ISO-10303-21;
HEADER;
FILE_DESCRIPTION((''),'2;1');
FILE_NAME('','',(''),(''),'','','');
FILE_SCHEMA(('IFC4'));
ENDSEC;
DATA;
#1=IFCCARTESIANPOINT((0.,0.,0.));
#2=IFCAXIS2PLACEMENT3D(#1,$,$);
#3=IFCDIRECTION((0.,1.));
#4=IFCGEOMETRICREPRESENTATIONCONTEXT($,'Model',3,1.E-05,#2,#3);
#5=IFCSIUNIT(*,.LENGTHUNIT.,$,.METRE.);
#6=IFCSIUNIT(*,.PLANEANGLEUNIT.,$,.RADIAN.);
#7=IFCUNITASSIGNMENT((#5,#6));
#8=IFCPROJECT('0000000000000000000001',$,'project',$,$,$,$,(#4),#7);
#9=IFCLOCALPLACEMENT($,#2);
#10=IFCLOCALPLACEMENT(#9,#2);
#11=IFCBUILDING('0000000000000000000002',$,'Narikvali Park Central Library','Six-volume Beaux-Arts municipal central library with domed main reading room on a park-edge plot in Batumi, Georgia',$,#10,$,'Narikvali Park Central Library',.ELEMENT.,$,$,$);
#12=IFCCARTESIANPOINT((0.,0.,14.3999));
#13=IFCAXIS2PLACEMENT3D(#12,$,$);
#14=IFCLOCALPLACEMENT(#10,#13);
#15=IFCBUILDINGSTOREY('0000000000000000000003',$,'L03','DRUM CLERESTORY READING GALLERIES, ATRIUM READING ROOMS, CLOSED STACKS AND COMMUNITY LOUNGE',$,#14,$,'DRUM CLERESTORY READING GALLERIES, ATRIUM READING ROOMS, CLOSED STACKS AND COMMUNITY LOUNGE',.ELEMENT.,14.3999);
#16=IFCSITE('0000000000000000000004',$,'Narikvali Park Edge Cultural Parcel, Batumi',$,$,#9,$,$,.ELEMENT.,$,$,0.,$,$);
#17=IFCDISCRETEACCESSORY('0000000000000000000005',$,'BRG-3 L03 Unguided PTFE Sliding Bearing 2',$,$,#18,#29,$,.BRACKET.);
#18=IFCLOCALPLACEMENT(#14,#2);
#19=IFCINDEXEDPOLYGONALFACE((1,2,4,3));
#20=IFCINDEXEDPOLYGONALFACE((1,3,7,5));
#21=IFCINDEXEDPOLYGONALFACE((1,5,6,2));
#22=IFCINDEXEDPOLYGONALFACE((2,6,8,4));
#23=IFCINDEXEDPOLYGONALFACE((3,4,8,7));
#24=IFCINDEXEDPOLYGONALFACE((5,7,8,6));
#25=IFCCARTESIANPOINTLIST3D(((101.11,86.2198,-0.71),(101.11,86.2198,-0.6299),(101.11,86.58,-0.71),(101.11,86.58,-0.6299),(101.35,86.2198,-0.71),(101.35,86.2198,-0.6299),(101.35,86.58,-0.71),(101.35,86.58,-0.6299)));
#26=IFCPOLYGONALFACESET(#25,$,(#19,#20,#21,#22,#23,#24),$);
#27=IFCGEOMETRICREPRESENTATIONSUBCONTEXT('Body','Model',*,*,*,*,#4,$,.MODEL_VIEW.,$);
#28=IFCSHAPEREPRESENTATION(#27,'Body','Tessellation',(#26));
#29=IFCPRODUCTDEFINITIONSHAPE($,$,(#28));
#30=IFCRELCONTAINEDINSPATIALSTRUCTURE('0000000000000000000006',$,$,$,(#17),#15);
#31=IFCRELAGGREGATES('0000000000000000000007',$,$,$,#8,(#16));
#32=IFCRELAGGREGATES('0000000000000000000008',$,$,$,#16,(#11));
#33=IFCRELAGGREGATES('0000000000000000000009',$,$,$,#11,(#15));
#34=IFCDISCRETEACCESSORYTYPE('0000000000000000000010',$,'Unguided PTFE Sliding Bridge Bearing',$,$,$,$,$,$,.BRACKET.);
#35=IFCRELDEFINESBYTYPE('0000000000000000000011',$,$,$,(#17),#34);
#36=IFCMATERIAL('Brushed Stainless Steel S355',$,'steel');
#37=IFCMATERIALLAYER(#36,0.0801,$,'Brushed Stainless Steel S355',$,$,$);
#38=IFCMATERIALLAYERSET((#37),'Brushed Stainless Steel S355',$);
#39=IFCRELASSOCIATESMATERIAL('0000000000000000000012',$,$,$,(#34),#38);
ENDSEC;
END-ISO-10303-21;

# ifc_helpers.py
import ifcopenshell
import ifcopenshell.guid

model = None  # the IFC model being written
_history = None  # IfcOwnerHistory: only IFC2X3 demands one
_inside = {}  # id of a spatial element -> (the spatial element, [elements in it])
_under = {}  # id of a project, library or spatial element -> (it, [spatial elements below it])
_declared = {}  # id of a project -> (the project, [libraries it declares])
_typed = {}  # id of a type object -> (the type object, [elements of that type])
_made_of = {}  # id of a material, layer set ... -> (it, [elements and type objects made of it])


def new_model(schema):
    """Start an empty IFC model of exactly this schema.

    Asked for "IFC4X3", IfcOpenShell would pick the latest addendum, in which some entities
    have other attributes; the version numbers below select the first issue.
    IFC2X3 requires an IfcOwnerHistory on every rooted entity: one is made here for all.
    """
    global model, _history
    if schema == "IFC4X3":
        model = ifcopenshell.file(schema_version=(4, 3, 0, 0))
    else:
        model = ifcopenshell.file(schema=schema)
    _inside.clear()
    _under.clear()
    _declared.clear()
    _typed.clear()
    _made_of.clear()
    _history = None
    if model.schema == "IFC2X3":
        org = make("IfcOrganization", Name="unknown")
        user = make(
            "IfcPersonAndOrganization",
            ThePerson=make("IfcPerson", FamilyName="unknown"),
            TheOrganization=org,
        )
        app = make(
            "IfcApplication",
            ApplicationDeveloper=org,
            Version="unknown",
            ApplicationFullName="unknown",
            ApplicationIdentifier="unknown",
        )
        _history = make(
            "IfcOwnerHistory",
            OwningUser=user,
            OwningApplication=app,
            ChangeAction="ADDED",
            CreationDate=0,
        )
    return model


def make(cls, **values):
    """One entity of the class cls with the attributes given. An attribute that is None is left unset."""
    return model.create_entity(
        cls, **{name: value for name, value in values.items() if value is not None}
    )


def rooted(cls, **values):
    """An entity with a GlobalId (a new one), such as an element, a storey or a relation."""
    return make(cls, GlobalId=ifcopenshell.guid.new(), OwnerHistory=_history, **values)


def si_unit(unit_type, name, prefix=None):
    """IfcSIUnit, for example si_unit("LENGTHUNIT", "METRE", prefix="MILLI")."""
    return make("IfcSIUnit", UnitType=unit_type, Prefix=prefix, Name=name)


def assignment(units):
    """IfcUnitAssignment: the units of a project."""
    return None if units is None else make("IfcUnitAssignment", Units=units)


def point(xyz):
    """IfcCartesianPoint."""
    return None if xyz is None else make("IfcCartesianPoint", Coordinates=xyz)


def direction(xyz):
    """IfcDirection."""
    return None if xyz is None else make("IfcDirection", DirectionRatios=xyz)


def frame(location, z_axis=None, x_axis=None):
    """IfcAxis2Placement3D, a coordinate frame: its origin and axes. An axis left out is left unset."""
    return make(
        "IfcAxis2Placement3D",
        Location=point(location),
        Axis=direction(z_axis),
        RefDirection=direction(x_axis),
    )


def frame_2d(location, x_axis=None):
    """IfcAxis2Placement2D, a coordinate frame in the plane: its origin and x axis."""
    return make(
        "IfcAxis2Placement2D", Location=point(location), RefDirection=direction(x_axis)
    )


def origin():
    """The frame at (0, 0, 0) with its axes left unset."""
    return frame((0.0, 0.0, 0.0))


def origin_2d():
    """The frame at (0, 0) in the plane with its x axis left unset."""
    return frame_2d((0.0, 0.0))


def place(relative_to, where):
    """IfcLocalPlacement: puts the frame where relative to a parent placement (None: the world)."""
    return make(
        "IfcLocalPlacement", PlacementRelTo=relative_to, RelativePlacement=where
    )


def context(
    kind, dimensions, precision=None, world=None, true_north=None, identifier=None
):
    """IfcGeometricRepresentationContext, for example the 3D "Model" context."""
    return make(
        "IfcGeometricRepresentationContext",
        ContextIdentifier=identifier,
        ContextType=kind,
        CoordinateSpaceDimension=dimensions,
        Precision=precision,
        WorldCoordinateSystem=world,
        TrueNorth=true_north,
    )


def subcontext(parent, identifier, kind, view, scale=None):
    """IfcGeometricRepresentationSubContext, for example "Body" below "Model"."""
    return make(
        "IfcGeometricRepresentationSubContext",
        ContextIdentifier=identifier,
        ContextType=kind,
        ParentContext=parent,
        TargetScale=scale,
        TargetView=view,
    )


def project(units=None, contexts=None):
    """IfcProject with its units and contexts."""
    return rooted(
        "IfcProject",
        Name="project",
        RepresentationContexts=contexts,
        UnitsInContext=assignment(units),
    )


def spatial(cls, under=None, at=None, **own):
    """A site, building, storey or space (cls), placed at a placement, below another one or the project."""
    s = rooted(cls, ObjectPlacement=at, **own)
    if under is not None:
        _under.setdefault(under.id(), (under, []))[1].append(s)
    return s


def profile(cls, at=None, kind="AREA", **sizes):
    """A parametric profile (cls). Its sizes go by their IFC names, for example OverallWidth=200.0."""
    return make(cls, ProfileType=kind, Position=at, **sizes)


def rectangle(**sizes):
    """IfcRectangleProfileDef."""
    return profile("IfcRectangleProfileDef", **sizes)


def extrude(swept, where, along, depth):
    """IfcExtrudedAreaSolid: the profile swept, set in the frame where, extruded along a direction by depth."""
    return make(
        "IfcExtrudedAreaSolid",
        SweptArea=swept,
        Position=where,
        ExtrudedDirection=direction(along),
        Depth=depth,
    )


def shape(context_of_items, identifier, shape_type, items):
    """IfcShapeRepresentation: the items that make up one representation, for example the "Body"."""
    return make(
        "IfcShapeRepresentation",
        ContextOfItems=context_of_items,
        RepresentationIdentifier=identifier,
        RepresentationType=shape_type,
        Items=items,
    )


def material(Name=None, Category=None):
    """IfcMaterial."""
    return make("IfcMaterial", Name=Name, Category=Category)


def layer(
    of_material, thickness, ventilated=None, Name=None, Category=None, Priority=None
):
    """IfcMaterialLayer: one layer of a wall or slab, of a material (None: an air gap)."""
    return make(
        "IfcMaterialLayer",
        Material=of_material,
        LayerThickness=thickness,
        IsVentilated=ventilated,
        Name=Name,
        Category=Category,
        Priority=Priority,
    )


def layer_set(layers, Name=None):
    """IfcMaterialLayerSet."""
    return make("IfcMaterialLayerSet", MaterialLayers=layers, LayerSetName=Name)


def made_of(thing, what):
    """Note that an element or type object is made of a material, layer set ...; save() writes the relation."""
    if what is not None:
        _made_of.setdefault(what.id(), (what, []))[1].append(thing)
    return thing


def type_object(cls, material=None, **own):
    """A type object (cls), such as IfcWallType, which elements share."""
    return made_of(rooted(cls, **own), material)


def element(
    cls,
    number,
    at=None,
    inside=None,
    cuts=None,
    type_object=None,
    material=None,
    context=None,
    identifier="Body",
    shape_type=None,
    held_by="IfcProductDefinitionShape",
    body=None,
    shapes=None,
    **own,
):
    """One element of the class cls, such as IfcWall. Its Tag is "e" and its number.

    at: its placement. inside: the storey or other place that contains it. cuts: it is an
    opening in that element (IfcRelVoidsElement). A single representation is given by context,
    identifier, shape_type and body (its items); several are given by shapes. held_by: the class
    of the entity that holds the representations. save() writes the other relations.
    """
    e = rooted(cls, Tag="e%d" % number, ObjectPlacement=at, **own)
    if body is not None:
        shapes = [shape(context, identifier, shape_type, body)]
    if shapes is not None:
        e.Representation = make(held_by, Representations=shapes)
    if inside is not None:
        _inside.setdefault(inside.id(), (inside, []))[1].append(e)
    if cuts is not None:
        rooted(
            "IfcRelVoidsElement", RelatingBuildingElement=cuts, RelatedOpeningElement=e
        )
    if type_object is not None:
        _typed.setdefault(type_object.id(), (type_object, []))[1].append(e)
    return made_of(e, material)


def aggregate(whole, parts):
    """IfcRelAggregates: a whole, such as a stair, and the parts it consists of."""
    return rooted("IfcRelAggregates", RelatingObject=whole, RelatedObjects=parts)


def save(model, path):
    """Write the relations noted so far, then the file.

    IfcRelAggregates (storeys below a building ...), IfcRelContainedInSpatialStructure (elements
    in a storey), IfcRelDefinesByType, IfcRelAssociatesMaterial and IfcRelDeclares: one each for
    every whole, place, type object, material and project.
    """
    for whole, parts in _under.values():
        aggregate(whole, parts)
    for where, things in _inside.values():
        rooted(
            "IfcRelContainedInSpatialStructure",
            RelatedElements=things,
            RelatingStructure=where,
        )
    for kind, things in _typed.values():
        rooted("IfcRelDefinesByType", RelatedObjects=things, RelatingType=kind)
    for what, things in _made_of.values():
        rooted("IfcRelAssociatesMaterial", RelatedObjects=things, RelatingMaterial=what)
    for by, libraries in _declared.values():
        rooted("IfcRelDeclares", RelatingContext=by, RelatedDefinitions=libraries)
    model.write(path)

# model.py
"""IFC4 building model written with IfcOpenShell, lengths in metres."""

from ifc_helpers import new_model, si_unit, direction, frame, origin, origin_2d, place, context, subcontext, project, spatial, rectangle, extrude, material, layer, layer_set, type_object, element, save


model = new_model("IFC4")

# Units and contexts
model_context = context("Model", 3, precision=1e-05, world=origin(), true_north=direction((0.0, 1.0)))
body_context = subcontext(model_context, "Body", "Model", "MODEL_VIEW")
ifc_project = project(units=[si_unit("LENGTHUNIT", "METRE"), si_unit("PLANEANGLEUNIT", "RADIAN")], contexts=[model_context])

# Site, building, storey
site_placement = place(None, origin())
site = spatial("IfcSite", under=ifc_project, at=site_placement, Name="Narikvali Park Edge Cultural Parcel, Batumi", CompositionType="ELEMENT", RefElevation=0.0)
building_placement = place(site_placement, origin())
building = spatial("IfcBuilding", under=site, at=building_placement, Name="Narikvali Park Central Library", Description="Six-volume Beaux-Arts municipal central library with domed main reading room on a park-edge plot in Batumi, Georgia", LongName="Narikvali Park Central Library", CompositionType="ELEMENT")
storey_placement = place(building_placement, frame((0.0, 0.0, 14.3999)))
storey = spatial("IfcBuildingStorey", under=building, at=storey_placement, Name="L03", Description="DRUM CLERESTORY READING GALLERIES, ATRIUM READING ROOMS, CLOSED STACKS AND COMMUNITY LOUNGE", LongName="DRUM CLERESTORY READING GALLERIES, ATRIUM READING ROOMS, CLOSED STACKS AND COMMUNITY LOUNGE", CompositionType="ELEMENT", Elevation=14.3999)

# Discrete accessory
ifc_material_1 = material(Name="Brushed Stainless Steel S355", Category="steel")
ifc_layer_1 = layer(ifc_material_1, 0.0801, Name="Brushed Stainless Steel S355")
ifc_layer_set_1 = layer_set([ifc_layer_1], Name="Brushed Stainless Steel S355")
discrete_accessory_type_1 = type_object("IfcDiscreteAccessoryType", Name="Unguided PTFE Sliding Bridge Bearing", PredefinedType="BRACKET", material=ifc_layer_set_1)
for number, where, z_axis, x_axis, name in (
    (1, (101.23, 86.3999, -0.71), (0.0, 0.0, 1.0), (1.0, 0.0, 0.0), "BRG-3 L03 Unguided PTFE Sliding Bearing 2"),
):
    element("IfcDiscreteAccessory", number, at=place(storey_placement, frame(where, z_axis=z_axis, x_axis=x_axis)), inside=storey, type_object=discrete_accessory_type_1, Name=name, PredefinedType="BRACKET", context=body_context, shape_type="SweptSolid", body=[
        extrude(rectangle(XDim=0.24, YDim=0.3601, at=origin_2d()), origin(), (0.0, 0.0, 1.0), 0.0801),
    ])

save(model, "model.ifc")
